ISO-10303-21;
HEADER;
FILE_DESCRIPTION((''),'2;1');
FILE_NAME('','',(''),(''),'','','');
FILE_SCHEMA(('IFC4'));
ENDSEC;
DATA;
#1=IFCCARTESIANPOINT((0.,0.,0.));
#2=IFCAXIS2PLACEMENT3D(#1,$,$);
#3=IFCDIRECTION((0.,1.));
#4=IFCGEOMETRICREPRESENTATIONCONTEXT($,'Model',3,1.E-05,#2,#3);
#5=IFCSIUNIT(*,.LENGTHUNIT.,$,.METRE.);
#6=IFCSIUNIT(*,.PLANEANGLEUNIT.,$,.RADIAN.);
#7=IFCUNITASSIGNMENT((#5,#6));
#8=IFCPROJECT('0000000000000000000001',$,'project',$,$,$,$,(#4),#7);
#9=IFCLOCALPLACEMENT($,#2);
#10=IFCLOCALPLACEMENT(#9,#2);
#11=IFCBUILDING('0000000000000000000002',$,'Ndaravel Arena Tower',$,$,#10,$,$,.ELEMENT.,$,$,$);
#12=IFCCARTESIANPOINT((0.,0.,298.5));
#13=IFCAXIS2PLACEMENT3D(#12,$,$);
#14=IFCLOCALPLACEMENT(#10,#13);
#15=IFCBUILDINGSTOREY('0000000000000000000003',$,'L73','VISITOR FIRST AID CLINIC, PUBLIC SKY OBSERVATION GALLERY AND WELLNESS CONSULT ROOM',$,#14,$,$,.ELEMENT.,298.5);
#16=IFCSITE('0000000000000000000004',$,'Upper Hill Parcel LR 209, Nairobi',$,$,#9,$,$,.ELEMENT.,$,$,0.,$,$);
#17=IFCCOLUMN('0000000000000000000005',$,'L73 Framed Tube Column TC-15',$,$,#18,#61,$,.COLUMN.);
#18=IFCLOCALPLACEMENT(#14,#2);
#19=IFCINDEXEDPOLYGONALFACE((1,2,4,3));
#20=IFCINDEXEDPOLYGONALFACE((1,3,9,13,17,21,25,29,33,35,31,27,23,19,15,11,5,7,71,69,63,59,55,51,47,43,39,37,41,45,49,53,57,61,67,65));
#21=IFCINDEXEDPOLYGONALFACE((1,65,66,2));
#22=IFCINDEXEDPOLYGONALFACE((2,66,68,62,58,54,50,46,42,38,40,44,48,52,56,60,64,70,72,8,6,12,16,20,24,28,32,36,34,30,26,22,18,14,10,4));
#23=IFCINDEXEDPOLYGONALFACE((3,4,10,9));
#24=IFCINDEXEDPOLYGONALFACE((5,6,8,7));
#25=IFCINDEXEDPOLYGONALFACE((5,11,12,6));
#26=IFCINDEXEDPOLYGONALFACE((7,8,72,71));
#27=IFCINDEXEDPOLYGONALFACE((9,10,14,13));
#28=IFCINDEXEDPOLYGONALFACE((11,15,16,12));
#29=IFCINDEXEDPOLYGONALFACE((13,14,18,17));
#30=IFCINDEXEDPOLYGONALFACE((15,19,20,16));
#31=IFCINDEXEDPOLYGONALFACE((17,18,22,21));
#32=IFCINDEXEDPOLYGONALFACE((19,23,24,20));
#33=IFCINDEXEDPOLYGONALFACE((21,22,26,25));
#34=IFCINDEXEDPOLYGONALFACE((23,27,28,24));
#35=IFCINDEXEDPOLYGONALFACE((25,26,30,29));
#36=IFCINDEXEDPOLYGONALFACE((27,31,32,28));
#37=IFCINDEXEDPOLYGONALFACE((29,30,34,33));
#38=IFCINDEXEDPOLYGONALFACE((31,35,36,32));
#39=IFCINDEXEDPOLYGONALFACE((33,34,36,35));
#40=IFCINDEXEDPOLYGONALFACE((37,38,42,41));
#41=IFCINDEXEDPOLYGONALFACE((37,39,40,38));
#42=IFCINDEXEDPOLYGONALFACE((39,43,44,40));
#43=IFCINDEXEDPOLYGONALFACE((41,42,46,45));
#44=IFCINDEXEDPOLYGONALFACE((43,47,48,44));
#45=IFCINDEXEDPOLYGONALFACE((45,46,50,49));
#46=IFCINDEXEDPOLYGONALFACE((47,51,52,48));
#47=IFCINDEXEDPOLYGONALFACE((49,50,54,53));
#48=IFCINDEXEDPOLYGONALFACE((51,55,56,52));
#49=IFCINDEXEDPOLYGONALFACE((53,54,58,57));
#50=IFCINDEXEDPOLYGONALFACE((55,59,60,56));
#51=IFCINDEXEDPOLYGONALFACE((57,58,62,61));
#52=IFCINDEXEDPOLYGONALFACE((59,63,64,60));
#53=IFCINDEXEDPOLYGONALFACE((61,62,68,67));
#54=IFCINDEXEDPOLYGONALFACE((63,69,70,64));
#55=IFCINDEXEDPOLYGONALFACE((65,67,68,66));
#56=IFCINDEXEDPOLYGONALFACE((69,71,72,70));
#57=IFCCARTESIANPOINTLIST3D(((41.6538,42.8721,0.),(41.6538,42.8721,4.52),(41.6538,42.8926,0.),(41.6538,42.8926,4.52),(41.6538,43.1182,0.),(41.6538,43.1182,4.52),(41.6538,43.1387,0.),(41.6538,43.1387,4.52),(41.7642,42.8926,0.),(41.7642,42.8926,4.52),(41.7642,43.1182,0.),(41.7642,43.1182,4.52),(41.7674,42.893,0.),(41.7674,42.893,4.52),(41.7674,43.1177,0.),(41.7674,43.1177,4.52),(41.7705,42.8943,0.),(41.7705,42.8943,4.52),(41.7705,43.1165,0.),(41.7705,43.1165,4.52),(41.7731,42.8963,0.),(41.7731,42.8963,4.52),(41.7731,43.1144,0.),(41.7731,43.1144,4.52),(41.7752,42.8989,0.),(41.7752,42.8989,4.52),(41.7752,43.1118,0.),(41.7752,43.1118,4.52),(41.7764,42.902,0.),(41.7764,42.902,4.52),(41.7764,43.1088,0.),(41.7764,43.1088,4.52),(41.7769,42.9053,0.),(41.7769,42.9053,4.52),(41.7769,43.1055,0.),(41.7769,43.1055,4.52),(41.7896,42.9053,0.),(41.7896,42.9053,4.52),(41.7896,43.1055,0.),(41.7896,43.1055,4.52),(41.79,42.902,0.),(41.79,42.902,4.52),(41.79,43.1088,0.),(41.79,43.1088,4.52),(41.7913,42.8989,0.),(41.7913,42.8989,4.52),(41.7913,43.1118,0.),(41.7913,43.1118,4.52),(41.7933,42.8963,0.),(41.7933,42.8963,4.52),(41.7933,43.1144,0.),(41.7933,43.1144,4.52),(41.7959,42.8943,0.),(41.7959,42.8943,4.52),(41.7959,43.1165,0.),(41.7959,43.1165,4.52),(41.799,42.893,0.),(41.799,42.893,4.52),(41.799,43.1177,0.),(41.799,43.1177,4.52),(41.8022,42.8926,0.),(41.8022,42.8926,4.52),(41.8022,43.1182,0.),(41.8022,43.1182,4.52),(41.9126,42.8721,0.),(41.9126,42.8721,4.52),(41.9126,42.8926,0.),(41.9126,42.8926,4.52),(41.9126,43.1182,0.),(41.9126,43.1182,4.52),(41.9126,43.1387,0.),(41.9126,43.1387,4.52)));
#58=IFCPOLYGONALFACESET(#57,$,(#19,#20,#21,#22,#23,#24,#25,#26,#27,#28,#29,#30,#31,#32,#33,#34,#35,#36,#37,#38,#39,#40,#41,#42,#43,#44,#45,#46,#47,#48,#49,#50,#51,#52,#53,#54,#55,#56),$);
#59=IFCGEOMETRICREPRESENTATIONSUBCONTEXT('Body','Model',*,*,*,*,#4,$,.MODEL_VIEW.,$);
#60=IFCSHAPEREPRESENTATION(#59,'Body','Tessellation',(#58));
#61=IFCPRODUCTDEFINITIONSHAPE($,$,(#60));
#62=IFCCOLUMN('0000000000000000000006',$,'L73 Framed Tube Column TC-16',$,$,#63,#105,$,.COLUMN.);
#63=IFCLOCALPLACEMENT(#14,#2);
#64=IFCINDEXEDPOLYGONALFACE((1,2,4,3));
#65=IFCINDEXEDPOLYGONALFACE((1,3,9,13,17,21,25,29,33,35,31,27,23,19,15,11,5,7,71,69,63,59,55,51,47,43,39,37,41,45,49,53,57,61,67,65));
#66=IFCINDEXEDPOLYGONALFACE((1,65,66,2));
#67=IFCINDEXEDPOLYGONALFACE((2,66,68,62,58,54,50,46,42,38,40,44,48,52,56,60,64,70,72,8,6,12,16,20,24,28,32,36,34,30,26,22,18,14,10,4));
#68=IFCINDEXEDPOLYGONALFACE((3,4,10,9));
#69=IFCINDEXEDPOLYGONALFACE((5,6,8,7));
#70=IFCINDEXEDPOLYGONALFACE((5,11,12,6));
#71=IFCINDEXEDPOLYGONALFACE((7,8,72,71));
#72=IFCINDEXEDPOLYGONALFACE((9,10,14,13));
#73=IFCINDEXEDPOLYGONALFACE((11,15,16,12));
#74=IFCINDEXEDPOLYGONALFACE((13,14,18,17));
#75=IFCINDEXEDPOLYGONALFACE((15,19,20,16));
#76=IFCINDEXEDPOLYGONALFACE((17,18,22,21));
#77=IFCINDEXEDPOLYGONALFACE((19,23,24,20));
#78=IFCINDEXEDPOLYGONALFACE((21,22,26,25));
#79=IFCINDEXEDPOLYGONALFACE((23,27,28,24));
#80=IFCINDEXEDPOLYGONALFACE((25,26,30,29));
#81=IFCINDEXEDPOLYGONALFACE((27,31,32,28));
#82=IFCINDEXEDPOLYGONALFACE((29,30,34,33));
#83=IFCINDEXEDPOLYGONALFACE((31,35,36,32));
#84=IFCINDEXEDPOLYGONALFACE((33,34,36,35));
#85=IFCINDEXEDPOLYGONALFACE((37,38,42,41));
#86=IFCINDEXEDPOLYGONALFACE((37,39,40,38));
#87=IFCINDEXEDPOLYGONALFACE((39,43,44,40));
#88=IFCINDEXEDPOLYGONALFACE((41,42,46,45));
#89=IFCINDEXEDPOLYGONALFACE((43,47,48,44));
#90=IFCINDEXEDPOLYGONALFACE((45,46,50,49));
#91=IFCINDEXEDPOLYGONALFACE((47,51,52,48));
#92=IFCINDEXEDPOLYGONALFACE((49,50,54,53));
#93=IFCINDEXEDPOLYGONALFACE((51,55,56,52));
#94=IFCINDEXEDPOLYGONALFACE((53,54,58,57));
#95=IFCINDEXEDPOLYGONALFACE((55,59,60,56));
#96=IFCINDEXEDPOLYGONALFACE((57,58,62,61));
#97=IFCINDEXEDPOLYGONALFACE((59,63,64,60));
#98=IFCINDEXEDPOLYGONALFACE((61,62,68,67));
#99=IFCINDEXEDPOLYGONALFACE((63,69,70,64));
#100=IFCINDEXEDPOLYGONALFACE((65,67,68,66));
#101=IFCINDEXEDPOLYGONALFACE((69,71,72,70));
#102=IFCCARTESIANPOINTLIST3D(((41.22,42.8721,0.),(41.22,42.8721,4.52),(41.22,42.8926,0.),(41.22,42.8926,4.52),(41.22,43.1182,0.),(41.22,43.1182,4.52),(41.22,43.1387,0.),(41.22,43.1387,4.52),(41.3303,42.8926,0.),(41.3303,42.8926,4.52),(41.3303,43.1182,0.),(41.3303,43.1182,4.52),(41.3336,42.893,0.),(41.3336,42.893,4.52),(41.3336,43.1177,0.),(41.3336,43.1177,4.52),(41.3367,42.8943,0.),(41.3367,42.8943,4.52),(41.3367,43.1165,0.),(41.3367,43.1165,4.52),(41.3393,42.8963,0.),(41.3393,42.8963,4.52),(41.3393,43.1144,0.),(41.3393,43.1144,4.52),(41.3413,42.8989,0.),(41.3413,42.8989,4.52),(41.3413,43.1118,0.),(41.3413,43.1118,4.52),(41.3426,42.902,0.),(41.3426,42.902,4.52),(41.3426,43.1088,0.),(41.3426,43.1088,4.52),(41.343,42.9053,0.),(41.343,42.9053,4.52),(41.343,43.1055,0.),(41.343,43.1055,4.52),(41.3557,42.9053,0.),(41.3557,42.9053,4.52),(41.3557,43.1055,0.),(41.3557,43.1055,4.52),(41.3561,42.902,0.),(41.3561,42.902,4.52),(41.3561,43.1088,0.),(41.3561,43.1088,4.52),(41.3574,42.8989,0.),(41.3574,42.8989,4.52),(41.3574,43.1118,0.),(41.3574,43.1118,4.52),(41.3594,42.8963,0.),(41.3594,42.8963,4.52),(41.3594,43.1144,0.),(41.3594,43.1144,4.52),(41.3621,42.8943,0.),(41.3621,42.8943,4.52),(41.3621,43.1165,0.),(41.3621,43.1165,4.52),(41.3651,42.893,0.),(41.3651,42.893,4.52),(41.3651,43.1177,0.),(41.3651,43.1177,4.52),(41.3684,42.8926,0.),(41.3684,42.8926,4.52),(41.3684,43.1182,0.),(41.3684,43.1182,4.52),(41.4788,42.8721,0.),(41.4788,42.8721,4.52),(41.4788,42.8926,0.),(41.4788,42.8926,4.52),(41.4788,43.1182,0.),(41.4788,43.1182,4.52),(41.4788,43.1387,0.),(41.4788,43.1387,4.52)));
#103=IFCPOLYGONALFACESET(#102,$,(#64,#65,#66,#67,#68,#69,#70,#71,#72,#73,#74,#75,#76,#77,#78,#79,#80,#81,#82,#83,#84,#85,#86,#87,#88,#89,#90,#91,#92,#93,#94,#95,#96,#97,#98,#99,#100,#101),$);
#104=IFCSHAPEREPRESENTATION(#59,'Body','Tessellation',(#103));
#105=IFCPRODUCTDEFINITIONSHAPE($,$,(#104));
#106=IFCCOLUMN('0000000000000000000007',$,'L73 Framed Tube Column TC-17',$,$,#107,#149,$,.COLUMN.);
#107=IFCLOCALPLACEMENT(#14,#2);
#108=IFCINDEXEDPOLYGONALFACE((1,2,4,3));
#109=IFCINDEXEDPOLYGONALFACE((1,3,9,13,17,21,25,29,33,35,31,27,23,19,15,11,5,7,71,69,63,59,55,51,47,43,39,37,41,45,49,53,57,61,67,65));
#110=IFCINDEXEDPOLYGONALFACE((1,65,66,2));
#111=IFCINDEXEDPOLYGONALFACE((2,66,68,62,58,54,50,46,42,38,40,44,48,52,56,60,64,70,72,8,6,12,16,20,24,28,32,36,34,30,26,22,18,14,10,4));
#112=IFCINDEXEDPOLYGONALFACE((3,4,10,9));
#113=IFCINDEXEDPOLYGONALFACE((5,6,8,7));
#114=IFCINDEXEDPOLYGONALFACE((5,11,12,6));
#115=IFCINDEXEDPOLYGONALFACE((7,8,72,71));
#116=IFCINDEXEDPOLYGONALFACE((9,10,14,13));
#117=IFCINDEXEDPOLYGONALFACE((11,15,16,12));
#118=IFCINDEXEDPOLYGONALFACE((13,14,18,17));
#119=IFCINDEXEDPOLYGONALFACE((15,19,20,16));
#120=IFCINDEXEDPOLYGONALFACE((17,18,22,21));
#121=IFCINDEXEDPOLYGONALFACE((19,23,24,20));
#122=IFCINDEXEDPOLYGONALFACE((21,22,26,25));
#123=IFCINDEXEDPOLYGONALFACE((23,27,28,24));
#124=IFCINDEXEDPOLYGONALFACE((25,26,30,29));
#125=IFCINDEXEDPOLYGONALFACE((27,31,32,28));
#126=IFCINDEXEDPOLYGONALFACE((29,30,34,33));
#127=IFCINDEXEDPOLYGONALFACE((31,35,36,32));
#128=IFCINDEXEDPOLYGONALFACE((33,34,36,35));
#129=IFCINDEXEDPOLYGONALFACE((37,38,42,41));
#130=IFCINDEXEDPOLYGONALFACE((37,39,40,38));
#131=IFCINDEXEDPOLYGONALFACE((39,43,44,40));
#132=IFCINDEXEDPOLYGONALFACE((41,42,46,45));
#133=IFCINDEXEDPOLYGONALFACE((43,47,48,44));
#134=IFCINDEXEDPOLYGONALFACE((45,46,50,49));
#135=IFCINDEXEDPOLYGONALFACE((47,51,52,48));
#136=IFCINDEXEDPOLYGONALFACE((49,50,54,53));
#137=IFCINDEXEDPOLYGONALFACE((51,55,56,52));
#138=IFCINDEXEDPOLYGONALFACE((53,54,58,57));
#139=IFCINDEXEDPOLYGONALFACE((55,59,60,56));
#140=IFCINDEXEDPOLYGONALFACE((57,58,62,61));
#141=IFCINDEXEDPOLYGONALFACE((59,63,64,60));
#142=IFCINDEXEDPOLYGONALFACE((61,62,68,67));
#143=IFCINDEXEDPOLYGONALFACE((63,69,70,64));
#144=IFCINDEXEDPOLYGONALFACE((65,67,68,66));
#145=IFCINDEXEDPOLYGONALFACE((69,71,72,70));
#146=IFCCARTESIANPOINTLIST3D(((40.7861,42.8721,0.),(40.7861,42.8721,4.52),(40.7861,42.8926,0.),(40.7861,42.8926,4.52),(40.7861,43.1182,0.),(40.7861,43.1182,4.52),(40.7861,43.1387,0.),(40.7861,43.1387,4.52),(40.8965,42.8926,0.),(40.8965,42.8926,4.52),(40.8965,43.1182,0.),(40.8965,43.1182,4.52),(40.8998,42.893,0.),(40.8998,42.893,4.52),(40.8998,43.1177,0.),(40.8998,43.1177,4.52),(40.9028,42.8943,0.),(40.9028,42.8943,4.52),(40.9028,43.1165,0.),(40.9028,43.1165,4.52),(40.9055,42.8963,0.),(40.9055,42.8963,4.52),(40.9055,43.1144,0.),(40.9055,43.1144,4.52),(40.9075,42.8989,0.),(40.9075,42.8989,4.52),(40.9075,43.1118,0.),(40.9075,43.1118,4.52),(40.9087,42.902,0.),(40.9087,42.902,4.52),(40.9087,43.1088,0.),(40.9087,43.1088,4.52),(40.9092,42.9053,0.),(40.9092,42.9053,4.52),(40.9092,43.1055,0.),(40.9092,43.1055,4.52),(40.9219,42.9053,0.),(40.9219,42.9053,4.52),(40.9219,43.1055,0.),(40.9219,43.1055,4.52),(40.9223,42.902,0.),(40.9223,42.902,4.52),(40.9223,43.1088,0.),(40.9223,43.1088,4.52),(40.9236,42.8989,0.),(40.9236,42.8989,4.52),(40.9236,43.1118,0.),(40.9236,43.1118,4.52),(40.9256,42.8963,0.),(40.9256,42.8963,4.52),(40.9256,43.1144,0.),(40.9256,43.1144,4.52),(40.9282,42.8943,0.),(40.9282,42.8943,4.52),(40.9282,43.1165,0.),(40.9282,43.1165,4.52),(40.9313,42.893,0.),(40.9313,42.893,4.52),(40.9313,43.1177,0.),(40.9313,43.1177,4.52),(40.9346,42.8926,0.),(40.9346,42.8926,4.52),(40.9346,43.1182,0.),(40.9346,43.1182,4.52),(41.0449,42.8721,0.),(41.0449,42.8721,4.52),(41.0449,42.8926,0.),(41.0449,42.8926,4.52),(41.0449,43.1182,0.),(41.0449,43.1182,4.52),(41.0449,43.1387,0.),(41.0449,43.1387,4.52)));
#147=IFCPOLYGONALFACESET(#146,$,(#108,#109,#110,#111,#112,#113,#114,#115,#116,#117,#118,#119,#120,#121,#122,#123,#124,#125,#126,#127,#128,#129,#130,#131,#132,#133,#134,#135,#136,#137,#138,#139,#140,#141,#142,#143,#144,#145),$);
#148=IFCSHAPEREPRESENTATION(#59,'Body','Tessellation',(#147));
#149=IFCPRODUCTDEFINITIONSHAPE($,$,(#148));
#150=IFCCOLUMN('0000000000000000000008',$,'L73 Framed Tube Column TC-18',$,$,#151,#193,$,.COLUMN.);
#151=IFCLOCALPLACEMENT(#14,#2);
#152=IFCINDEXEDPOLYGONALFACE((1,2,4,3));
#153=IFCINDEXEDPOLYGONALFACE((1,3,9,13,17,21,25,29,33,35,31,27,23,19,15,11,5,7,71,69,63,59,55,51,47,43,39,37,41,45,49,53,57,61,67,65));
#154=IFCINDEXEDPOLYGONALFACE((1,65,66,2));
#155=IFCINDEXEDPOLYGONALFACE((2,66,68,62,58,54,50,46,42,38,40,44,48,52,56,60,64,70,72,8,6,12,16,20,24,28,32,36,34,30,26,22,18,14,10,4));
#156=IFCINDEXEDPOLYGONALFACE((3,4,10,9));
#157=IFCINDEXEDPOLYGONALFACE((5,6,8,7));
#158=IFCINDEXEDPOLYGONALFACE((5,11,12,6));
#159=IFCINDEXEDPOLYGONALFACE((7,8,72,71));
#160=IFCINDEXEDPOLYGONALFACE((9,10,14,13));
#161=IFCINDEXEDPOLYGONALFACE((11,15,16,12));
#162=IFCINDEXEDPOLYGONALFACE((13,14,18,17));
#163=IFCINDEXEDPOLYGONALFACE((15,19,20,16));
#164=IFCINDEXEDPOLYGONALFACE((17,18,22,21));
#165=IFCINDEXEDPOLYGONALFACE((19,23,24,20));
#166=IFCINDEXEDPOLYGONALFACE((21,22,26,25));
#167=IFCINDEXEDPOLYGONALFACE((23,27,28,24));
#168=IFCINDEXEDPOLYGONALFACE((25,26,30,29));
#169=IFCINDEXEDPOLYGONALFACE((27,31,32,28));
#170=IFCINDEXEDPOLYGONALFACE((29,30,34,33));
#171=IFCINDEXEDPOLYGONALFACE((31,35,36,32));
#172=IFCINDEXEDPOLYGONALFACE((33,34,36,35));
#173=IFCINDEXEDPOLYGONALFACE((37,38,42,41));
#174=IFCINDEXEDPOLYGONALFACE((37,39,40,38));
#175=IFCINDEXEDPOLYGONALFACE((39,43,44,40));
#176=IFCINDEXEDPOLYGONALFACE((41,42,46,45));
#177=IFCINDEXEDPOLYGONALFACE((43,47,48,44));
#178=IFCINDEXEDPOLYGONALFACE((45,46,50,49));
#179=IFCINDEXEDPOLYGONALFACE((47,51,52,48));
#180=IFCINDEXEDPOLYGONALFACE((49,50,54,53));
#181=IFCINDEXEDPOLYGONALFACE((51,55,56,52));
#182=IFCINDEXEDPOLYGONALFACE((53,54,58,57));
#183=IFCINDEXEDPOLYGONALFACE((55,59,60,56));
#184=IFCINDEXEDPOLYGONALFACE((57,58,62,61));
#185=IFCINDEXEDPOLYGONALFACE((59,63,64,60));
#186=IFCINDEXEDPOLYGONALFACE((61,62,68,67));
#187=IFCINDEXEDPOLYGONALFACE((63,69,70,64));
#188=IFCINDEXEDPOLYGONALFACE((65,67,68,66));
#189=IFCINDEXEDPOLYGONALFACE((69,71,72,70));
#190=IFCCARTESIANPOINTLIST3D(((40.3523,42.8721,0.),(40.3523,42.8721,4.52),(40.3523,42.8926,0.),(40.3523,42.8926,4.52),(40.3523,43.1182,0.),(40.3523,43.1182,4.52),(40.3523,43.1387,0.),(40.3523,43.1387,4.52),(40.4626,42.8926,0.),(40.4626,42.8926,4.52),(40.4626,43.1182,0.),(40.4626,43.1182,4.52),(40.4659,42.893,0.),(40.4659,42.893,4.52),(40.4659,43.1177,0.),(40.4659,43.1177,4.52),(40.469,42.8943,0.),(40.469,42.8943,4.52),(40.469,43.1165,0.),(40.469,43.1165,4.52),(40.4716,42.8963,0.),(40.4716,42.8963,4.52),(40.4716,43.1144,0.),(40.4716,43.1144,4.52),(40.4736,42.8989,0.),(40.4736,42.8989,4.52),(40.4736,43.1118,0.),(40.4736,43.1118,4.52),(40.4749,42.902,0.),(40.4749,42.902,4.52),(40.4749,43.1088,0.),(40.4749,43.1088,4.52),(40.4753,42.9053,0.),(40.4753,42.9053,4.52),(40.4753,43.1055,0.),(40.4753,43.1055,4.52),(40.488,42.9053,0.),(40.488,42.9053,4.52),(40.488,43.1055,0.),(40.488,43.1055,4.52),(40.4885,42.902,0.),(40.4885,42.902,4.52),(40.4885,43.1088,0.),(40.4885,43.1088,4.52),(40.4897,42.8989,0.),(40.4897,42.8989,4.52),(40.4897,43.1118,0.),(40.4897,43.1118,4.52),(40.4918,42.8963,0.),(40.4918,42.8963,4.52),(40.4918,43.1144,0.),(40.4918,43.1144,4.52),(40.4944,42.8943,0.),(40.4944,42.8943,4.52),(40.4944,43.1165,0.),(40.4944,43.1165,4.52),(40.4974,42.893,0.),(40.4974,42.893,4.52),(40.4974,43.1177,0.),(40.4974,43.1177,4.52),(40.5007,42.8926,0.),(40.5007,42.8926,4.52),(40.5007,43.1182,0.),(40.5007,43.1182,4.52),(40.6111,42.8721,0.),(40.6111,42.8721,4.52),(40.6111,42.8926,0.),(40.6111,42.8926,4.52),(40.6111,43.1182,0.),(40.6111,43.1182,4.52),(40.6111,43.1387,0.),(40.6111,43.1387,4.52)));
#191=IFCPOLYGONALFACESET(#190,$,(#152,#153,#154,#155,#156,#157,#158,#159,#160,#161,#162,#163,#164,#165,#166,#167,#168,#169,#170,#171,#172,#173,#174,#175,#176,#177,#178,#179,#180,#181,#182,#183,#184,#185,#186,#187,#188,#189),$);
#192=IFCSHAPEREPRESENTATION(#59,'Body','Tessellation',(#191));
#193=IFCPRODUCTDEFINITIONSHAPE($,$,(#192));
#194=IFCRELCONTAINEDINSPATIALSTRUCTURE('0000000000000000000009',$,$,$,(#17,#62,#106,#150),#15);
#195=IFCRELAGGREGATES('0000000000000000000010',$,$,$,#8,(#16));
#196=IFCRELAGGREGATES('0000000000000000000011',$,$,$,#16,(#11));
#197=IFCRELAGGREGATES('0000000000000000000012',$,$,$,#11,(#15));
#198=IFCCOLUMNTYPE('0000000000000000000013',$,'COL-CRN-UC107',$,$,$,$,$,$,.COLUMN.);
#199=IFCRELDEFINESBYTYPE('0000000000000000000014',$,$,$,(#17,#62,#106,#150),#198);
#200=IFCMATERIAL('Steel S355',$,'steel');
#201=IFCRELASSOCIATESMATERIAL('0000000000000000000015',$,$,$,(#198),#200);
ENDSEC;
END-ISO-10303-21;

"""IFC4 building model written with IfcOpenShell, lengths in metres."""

from ifc_helpers import new_model, si_unit, direction, frame, origin, origin_2d, place, context, subcontext, project, spatial, i_section, extrude, material, material_profile, profile_set, type_object, element, save


model = new_model("IFC4")

# Units and contexts
model_context = context("Model", 3, precision=1e-05, world=origin(), true_north=direction((0.0, 1.0)))
body_context = subcontext(model_context, "Body", "Model", "MODEL_VIEW")
ifc_project = project(units=[si_unit("LENGTHUNIT", "METRE"), si_unit("PLANEANGLEUNIT", "RADIAN")], contexts=[model_context])

# Site, building, storey
site_placement = place(None, origin())
site = spatial("IfcSite", under=ifc_project, at=site_placement, Name="Upper Hill Parcel LR 209, Nairobi", CompositionType="ELEMENT", RefElevation=0.0)
building_placement = place(site_placement, origin())
building = spatial("IfcBuilding", under=site, at=building_placement, Name="Ndaravel Arena Tower", CompositionType="ELEMENT")
storey_placement = place(building_placement, frame((0.0, 0.0, 298.5)))
storey = spatial("IfcBuildingStorey", under=building, at=storey_placement, Name="L73", Description="VISITOR FIRST AID CLINIC, PUBLIC SKY OBSERVATION GALLERY AND WELLNESS CONSULT ROOM", CompositionType="ELEMENT", Elevation=298.5)

# Columns
ifc_material_1 = material(Name="Steel S355", Category="steel")
ifc_material_profile_1 = material_profile(ifc_material_1, i_section(OverallWidth=0.2588, OverallDepth=0.2666, WebThickness=0.0127, FlangeThickness=0.0205, FilletRadius=0.0127, at=origin_2d()), Name="UC 254x254x107")
ifc_profile_set_1 = profile_set([ifc_material_profile_1], Name="Steel S355")
column_type = type_object("IfcColumnType", Name="COL-CRN-UC107", PredefinedType="COLUMN", material=ifc_profile_set_1)
for number, where, z_axis, x_axis, name in (
    (1, (41.7832, 43.0054, 0.0), (0.0, 0.0, 1.0), (1.0, 0.0, 0.0), "L73 Framed Tube Column TC-15"),
    (2, (41.3494, 43.0054, 0.0), (0.0, 0.0, 1.0), (1.0, 0.0, 0.0), "L73 Framed Tube Column TC-16"),
    (3, (40.9155, 43.0054, 0.0), (0.0, 0.0, 1.0), (1.0, 0.0, 0.0), "L73 Framed Tube Column TC-17"),
    (4, (40.4817, 43.0054, 0.0), (0.0, 0.0, 1.0), (1.0, 0.0, 0.0), "L73 Framed Tube Column TC-18"),
):
    element("IfcColumn", number, at=place(storey_placement, frame(where, z_axis=z_axis, x_axis=x_axis)), inside=storey, type_object=column_type, Name=name, PredefinedType="COLUMN", context=body_context, shape_type="SweptSolid", body=[
        extrude(i_section(OverallWidth=0.2588, OverallDepth=0.2666, WebThickness=0.0127, FlangeThickness=0.0205, FilletRadius=0.0127, at=origin_2d()), origin(), (0.0, 0.0, 1.0), 4.52),
    ])

save(model, "model.ifc")
